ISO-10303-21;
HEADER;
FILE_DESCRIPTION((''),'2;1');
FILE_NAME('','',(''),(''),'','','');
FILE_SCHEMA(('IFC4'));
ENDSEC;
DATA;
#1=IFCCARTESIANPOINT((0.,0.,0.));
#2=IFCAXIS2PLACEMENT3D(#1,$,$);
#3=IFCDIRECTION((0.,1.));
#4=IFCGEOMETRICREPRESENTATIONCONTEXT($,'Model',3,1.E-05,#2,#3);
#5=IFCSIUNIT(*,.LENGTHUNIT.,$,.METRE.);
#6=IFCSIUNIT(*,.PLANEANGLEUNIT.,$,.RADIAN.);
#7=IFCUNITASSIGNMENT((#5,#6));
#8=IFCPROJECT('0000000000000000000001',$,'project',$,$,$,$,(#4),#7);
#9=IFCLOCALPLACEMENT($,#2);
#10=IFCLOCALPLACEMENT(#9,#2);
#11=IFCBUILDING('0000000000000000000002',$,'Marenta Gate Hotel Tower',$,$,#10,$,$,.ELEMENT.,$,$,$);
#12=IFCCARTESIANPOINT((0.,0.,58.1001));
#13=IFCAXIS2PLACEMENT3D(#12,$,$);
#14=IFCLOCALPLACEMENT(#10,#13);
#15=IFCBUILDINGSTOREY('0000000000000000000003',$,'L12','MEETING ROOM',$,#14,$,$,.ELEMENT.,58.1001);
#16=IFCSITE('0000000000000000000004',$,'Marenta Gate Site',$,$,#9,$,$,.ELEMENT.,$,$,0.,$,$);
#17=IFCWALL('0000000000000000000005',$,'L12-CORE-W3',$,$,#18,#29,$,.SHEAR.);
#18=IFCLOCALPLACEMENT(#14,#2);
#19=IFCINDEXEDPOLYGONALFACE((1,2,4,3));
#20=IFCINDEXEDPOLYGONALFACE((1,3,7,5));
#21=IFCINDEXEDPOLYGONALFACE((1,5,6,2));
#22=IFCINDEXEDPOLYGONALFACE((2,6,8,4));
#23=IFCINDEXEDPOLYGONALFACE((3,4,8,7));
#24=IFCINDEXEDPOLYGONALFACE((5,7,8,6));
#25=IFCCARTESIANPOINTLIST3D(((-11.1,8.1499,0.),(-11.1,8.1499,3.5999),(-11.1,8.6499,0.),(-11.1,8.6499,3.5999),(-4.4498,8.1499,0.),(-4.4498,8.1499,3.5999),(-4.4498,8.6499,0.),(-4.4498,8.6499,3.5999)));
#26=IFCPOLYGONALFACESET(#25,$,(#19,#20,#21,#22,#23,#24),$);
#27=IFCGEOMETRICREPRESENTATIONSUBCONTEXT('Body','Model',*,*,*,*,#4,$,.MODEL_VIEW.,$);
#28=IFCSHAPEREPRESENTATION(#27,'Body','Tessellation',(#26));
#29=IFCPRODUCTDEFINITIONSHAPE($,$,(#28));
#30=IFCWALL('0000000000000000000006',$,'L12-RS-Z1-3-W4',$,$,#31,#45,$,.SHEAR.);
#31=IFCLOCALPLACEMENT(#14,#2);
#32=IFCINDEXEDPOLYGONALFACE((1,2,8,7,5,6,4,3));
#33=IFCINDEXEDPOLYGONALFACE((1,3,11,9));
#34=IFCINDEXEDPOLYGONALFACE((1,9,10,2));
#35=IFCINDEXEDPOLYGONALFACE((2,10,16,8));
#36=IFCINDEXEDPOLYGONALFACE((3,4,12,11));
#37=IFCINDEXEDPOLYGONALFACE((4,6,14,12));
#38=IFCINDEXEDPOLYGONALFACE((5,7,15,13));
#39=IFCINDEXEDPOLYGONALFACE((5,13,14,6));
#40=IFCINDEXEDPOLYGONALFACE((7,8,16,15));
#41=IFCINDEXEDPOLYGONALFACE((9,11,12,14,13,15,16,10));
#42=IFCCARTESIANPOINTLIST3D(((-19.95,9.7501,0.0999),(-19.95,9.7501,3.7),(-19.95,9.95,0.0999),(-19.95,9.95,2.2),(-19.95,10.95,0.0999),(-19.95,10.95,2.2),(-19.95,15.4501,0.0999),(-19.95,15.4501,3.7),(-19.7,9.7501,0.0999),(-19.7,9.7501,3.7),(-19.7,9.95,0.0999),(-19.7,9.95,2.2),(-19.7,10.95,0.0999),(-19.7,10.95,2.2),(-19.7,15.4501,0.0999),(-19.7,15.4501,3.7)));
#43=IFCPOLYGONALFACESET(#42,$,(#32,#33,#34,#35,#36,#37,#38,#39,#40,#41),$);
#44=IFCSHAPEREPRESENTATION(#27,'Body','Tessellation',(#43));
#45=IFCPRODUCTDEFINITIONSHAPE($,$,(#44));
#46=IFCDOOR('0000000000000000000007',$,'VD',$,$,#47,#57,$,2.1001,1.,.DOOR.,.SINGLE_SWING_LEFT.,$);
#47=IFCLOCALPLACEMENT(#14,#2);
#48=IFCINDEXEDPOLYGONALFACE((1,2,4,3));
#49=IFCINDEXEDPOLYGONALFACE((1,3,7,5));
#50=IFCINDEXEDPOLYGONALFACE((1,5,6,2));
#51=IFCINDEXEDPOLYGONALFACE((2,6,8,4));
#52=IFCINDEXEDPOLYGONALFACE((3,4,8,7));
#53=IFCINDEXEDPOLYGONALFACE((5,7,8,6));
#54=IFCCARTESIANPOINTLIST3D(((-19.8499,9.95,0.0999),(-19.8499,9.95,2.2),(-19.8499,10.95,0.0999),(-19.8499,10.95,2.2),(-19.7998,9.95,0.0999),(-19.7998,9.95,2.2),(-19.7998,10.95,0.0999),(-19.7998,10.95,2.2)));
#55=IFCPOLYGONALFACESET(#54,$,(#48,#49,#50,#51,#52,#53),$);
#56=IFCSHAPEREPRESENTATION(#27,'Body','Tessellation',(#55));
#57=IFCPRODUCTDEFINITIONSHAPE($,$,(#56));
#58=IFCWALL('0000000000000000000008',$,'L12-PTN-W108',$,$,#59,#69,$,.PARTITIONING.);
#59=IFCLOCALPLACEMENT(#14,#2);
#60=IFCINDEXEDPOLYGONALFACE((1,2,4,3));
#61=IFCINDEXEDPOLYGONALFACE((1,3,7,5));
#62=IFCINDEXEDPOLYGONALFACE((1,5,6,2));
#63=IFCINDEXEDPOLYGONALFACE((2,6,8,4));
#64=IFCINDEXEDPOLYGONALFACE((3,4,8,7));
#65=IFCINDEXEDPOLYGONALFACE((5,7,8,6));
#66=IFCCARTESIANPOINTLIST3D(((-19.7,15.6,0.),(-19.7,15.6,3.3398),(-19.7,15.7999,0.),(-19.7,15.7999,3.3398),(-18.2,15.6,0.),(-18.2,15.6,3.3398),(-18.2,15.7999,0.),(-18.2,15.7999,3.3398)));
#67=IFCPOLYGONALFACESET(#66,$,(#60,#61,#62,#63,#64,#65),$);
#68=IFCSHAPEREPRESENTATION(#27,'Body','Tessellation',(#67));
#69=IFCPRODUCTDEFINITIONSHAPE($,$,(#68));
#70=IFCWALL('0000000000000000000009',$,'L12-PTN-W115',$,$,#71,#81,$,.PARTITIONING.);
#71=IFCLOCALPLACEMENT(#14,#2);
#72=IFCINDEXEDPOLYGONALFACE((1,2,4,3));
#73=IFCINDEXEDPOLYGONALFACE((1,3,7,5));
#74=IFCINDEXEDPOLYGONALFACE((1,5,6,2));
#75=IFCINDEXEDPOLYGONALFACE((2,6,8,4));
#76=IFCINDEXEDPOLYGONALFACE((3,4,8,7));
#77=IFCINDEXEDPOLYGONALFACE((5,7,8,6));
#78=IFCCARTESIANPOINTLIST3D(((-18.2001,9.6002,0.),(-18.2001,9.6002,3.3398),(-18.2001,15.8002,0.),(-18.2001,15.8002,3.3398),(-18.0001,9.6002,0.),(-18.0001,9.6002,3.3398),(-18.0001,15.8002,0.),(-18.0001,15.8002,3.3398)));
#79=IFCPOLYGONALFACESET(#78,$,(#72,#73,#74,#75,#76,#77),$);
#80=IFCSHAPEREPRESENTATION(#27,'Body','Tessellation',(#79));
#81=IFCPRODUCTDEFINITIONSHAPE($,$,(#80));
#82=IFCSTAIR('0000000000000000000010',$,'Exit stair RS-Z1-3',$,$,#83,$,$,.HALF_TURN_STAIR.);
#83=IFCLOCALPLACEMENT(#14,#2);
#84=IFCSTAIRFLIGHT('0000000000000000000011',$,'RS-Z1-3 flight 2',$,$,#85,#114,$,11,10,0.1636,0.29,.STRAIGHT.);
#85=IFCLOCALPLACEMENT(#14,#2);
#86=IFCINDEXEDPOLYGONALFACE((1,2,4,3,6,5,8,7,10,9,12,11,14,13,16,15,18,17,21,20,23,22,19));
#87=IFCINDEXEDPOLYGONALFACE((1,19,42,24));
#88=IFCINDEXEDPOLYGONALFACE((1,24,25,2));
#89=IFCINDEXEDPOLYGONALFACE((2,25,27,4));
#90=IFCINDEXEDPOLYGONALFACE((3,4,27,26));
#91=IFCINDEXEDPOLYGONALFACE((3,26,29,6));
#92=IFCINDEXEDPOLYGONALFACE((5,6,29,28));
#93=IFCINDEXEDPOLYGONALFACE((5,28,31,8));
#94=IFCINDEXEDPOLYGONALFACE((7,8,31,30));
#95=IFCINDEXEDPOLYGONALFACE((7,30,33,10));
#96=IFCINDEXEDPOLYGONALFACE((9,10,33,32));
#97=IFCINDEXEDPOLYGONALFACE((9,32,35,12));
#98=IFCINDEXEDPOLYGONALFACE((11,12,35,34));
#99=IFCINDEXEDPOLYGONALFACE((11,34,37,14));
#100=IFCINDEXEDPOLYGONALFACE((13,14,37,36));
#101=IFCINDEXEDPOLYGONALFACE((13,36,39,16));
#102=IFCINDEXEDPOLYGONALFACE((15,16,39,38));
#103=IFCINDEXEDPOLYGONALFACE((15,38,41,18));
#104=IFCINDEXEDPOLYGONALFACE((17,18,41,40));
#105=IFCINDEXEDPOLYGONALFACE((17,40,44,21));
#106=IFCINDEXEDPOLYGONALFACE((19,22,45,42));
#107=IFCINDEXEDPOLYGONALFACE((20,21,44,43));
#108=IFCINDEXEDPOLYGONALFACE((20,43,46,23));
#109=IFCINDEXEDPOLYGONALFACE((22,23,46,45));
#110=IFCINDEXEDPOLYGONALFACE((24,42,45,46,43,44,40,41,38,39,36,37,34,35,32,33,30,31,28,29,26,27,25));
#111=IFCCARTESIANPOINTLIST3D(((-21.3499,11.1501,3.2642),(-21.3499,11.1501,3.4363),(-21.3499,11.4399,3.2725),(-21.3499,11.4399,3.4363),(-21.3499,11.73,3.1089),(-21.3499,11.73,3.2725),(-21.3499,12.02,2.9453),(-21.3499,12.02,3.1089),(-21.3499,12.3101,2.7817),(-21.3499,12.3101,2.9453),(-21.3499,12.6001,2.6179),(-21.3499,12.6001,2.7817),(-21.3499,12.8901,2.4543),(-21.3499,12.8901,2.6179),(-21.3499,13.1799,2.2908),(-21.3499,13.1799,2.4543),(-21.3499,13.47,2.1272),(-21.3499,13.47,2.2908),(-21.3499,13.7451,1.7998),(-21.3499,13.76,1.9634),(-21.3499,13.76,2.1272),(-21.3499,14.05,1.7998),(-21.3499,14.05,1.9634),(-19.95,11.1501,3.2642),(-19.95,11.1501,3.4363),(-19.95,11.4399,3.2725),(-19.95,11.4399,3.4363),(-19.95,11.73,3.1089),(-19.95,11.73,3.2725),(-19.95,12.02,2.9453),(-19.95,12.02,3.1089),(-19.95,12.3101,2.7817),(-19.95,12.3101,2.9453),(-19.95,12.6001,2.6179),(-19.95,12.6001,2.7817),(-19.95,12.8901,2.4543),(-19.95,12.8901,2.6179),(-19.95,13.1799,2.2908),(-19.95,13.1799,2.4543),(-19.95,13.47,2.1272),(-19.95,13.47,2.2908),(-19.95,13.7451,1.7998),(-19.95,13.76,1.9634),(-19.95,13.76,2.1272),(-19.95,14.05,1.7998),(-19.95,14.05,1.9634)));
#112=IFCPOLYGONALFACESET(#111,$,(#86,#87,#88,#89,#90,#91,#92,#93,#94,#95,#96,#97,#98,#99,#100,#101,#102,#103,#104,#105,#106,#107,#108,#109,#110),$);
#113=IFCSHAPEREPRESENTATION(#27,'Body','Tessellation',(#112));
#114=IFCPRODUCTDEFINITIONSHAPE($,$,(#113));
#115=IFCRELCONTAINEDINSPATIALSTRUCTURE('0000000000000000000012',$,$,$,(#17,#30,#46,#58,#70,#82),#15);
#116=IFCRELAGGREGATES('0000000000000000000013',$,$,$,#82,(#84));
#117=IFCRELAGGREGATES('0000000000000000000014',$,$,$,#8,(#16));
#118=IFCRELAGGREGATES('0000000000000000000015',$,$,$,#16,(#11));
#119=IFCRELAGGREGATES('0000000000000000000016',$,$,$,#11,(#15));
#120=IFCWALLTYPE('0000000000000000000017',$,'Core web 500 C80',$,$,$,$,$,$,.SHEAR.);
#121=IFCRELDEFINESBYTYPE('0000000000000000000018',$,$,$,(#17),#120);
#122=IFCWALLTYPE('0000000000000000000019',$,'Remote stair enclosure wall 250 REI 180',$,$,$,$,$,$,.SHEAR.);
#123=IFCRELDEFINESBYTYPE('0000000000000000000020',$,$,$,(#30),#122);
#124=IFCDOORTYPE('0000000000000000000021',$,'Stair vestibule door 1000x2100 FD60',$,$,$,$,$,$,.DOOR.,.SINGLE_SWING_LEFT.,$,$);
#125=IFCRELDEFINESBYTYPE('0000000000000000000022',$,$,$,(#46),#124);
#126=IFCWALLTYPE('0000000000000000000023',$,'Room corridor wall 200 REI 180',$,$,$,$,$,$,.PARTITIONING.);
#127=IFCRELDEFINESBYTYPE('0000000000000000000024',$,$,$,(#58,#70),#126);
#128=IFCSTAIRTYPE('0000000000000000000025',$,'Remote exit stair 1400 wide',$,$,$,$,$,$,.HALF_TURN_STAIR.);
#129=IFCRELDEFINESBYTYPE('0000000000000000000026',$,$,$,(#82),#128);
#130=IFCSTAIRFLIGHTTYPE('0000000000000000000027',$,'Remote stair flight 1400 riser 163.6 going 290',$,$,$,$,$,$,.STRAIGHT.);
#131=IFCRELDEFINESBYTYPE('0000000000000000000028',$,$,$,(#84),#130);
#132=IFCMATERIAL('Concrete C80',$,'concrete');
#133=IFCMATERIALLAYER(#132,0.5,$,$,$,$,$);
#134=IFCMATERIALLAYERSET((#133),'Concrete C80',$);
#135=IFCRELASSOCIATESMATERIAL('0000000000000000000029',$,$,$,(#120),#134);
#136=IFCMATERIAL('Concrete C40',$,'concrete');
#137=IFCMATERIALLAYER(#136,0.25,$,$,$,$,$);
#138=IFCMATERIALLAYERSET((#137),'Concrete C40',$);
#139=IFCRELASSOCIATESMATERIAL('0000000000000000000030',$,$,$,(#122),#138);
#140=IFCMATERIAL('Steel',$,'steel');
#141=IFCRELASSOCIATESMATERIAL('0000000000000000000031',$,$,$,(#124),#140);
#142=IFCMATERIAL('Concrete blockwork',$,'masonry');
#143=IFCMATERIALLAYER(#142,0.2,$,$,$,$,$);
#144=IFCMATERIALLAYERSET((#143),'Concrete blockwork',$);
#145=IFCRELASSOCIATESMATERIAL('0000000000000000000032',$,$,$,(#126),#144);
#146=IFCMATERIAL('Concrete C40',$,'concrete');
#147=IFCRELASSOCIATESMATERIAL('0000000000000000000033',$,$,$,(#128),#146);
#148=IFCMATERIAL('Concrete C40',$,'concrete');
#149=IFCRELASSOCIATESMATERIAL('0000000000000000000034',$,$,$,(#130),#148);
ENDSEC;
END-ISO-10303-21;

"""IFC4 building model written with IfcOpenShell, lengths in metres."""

from ifc_helpers import new_model, si_unit, direction, frame, frame_2d, origin, place, context, subcontext, project, spatial, polyline, rectangle, outline, extrude, material, layer, layer_set, type_object, element, fill, aggregate, save


model = new_model("IFC4")

# Units and contexts
model_context = context("Model", 3, precision=1e-05, world=origin(), true_north=direction((0.0, 1.0)))
body_context = subcontext(model_context, "Body", "Model", "MODEL_VIEW")
ifc_project = project(units=[si_unit("LENGTHUNIT", "METRE"), si_unit("PLANEANGLEUNIT", "RADIAN")], contexts=[model_context])

# Site, building, storey
site_placement = place(None, origin())
site = spatial("IfcSite", under=ifc_project, at=site_placement, Name="Marenta Gate Site", CompositionType="ELEMENT", RefElevation=0.0)
building_placement = place(site_placement, origin())
building = spatial("IfcBuilding", under=site, at=building_placement, Name="Marenta Gate Hotel Tower", CompositionType="ELEMENT")
storey_placement = place(building_placement, frame((0.0, 0.0, 58.1001)))
storey = spatial("IfcBuildingStorey", under=building, at=storey_placement, Name="L12", Description="MEETING ROOM", CompositionType="ELEMENT", Elevation=58.1001)

# Wall
ifc_material_1 = material(Name="Concrete C80", Category="concrete")
ifc_layer_1 = layer(ifc_material_1, 0.5)
ifc_layer_set_1 = layer_set([ifc_layer_1], Name="Concrete C80")
wall_type_1 = type_object("IfcWallType", Name="Core web 500 C80", PredefinedType="SHEAR", material=ifc_layer_set_1)
wall_1_placement = place(storey_placement, frame((-11.1001, 8.3999, 0.0), z_axis=(0.0, 0.0, 1.0), x_axis=(1.0, 0.0, 0.0)))
element("IfcWall", 1, at=wall_1_placement, inside=storey, type_object=wall_type_1, Name="L12-CORE-W3", PredefinedType="SHEAR", context=body_context, shape_type="SweptSolid", body=[
    extrude(rectangle(XDim=6.6501, YDim=0.5, at=frame_2d((3.3252, 0.0))), origin(), (0.0, 0.0, 1.0), 3.5999),
])

# Wall, opening, door
ifc_material_2 = material(Name="Concrete C40", Category="concrete")
ifc_layer_2 = layer(ifc_material_2, 0.25)
ifc_layer_set_2 = layer_set([ifc_layer_2], Name="Concrete C40")
wall_type_2 = type_object("IfcWallType", Name="Remote stair enclosure wall 250 REI 180", PredefinedType="SHEAR", material=ifc_layer_set_2)
wall_2_placement = place(storey_placement, frame((-19.825, 9.75, 0.0999), z_axis=(0.0, 0.0, 1.0), x_axis=(0.0, 1.0, 0.0)))
wall_2 = element("IfcWall", 2, at=wall_2_placement, inside=storey, type_object=wall_type_2, Name="L12-RS-Z1-3-W4", PredefinedType="SHEAR", context=body_context, shape_type="SweptSolid", body=[
    extrude(rectangle(XDim=5.7, YDim=0.25, at=frame_2d((2.8501, 0.0))), origin(), (0.0, 0.0, 1.0), 3.6001),
])
opening_1_placement = place(wall_2_placement, frame((0.2, 0.0, 0.0)))
opening_1 = element("IfcOpeningElement", 3, at=opening_1_placement, cuts=wall_2, PredefinedType="OPENING", context=body_context, shape_type="SweptSolid", body=[
    extrude(rectangle(XDim=1.0, YDim=2.1001, at=frame_2d((0.5, 1.05))), frame((0.0, 0.125, 0.0), z_axis=(0.0, -1.0, 0.0), x_axis=(1.0, 0.0, 0.0)), (0.0, 0.0, 1.0), 0.25),
])
ifc_material_3 = material(Name="Steel", Category="steel")
door_type_1 = type_object("IfcDoorType", Name="Stair vestibule door 1000x2100 FD60", OperationType="SINGLE_SWING_LEFT", PredefinedType="DOOR", material=ifc_material_3)
door_1_placement = place(opening_1_placement, origin())
door_1 = element("IfcDoor", 4, at=door_1_placement, inside=storey, type_object=door_type_1, Name="VD", OperationType="SINGLE_SWING_LEFT", OverallHeight=2.1001, OverallWidth=1.0, PredefinedType="DOOR", context=body_context, shape_type="SweptSolid", body=[
    extrude(rectangle(XDim=1.0, YDim=2.1001, at=frame_2d((0.5, 1.05))), frame((0.0, 0.0249, 0.0), z_axis=(0.0, -1.0, 0.0), x_axis=(1.0, 0.0, 0.0)), (0.0, 0.0, 1.0), 0.05),
])
fill(opening_1, door_1)

# Shared definitions
ifc_material_4 = material(Name="Concrete blockwork", Category="masonry")
ifc_layer_3 = layer(ifc_material_4, 0.2)
ifc_layer_set_3 = layer_set([ifc_layer_3], Name="Concrete blockwork")
wall_type_3 = type_object("IfcWallType", Name="Room corridor wall 200 REI 180", PredefinedType="PARTITIONING", material=ifc_layer_set_3)

# Walls
wall_3_placement = place(storey_placement, frame((-19.7, 15.7, 0.0), z_axis=(0.0, 0.0, 1.0), x_axis=(1.0, 0.0, 0.0)))
element("IfcWall", 5, at=wall_3_placement, inside=storey, type_object=wall_type_3, Name="L12-PTN-W108", PredefinedType="PARTITIONING", context=body_context, shape_type="SweptSolid", body=[
    extrude(rectangle(XDim=1.5, YDim=0.2, at=frame_2d((0.75, 0.0))), origin(), (0.0, 0.0, 1.0), 3.3398),
])
wall_4_placement = place(storey_placement, frame((-18.1001, 9.6001, 0.0), z_axis=(0.0, 0.0, 1.0), x_axis=(0.0, 1.0, 0.0)))
element("IfcWall", 6, at=wall_4_placement, inside=storey, type_object=wall_type_3, Name="L12-PTN-W115", PredefinedType="PARTITIONING", context=body_context, shape_type="SweptSolid", body=[
    extrude(rectangle(XDim=6.2, YDim=0.2, at=frame_2d((3.1001, 0.0))), origin(), (0.0, 0.0, 1.0), 3.3398),
])

# Stair, stair flight
ifc_material_5 = material(Name="Concrete C40", Category="concrete")
stair_type = type_object("IfcStairType", Name="Remote exit stair 1400 wide", PredefinedType="HALF_TURN_STAIR", material=ifc_material_5)
stair_placement = place(storey_placement, origin())
stair = element("IfcStair", 7, at=stair_placement, inside=storey, type_object=stair_type, Name="Exit stair RS-Z1-3", PredefinedType="HALF_TURN_STAIR")
ifc_material_6 = material(Name="Concrete C40", Category="concrete")
stair_flight_type = type_object("IfcStairFlightType", Name="Remote stair flight 1400 riser 163.6 going 290", PredefinedType="STRAIGHT", material=ifc_material_6)
stair_flight_placement = place(storey_placement, frame((-20.6499, 14.05, 1.7998), z_axis=(0.0, 0.0, 1.0), x_axis=(0.0, -1.0, 0.0)))
stair_flight = element("IfcStairFlight", 8, at=stair_flight_placement, type_object=stair_flight_type, Name="RS-Z1-3 flight 2", NumberOfRisers=11, NumberOfTreads=10, PredefinedType="STRAIGHT", RiserHeight=0.1636, TreadLength=0.29, context=body_context, shape_type="SweptSolid", body=[
    extrude(outline(polyline([(0.0, 0.0), (0.0, 0.1636), (0.29, 0.1636), (0.29, 0.3274), (0.5801, 0.3274), (0.5801, 0.491), (0.8701, 0.491), (0.8701, 0.6545), (1.1599, 0.6545), (1.1599, 0.8181), (1.45, 0.8181), (1.45, 0.9819), (1.74, 0.9819), (1.74, 1.1455), (2.03, 1.1455), (2.03, 1.3091), (2.3201, 1.3091), (2.3201, 1.4727), (2.6101, 1.4727), (2.6101, 1.6365), (2.8999, 1.6365), (2.8999, 1.8), (2.8999, 1.4644), (0.3049, 0.0), (0.0, 0.0)])), frame((0.0, 0.7, 0.0), z_axis=(0.0, -1.0, 0.0), x_axis=(1.0, 0.0, 0.0)), (0.0, 0.0, 1.0), 1.3999),
])
aggregate(stair, [stair_flight])

save(model, "model.ifc")
